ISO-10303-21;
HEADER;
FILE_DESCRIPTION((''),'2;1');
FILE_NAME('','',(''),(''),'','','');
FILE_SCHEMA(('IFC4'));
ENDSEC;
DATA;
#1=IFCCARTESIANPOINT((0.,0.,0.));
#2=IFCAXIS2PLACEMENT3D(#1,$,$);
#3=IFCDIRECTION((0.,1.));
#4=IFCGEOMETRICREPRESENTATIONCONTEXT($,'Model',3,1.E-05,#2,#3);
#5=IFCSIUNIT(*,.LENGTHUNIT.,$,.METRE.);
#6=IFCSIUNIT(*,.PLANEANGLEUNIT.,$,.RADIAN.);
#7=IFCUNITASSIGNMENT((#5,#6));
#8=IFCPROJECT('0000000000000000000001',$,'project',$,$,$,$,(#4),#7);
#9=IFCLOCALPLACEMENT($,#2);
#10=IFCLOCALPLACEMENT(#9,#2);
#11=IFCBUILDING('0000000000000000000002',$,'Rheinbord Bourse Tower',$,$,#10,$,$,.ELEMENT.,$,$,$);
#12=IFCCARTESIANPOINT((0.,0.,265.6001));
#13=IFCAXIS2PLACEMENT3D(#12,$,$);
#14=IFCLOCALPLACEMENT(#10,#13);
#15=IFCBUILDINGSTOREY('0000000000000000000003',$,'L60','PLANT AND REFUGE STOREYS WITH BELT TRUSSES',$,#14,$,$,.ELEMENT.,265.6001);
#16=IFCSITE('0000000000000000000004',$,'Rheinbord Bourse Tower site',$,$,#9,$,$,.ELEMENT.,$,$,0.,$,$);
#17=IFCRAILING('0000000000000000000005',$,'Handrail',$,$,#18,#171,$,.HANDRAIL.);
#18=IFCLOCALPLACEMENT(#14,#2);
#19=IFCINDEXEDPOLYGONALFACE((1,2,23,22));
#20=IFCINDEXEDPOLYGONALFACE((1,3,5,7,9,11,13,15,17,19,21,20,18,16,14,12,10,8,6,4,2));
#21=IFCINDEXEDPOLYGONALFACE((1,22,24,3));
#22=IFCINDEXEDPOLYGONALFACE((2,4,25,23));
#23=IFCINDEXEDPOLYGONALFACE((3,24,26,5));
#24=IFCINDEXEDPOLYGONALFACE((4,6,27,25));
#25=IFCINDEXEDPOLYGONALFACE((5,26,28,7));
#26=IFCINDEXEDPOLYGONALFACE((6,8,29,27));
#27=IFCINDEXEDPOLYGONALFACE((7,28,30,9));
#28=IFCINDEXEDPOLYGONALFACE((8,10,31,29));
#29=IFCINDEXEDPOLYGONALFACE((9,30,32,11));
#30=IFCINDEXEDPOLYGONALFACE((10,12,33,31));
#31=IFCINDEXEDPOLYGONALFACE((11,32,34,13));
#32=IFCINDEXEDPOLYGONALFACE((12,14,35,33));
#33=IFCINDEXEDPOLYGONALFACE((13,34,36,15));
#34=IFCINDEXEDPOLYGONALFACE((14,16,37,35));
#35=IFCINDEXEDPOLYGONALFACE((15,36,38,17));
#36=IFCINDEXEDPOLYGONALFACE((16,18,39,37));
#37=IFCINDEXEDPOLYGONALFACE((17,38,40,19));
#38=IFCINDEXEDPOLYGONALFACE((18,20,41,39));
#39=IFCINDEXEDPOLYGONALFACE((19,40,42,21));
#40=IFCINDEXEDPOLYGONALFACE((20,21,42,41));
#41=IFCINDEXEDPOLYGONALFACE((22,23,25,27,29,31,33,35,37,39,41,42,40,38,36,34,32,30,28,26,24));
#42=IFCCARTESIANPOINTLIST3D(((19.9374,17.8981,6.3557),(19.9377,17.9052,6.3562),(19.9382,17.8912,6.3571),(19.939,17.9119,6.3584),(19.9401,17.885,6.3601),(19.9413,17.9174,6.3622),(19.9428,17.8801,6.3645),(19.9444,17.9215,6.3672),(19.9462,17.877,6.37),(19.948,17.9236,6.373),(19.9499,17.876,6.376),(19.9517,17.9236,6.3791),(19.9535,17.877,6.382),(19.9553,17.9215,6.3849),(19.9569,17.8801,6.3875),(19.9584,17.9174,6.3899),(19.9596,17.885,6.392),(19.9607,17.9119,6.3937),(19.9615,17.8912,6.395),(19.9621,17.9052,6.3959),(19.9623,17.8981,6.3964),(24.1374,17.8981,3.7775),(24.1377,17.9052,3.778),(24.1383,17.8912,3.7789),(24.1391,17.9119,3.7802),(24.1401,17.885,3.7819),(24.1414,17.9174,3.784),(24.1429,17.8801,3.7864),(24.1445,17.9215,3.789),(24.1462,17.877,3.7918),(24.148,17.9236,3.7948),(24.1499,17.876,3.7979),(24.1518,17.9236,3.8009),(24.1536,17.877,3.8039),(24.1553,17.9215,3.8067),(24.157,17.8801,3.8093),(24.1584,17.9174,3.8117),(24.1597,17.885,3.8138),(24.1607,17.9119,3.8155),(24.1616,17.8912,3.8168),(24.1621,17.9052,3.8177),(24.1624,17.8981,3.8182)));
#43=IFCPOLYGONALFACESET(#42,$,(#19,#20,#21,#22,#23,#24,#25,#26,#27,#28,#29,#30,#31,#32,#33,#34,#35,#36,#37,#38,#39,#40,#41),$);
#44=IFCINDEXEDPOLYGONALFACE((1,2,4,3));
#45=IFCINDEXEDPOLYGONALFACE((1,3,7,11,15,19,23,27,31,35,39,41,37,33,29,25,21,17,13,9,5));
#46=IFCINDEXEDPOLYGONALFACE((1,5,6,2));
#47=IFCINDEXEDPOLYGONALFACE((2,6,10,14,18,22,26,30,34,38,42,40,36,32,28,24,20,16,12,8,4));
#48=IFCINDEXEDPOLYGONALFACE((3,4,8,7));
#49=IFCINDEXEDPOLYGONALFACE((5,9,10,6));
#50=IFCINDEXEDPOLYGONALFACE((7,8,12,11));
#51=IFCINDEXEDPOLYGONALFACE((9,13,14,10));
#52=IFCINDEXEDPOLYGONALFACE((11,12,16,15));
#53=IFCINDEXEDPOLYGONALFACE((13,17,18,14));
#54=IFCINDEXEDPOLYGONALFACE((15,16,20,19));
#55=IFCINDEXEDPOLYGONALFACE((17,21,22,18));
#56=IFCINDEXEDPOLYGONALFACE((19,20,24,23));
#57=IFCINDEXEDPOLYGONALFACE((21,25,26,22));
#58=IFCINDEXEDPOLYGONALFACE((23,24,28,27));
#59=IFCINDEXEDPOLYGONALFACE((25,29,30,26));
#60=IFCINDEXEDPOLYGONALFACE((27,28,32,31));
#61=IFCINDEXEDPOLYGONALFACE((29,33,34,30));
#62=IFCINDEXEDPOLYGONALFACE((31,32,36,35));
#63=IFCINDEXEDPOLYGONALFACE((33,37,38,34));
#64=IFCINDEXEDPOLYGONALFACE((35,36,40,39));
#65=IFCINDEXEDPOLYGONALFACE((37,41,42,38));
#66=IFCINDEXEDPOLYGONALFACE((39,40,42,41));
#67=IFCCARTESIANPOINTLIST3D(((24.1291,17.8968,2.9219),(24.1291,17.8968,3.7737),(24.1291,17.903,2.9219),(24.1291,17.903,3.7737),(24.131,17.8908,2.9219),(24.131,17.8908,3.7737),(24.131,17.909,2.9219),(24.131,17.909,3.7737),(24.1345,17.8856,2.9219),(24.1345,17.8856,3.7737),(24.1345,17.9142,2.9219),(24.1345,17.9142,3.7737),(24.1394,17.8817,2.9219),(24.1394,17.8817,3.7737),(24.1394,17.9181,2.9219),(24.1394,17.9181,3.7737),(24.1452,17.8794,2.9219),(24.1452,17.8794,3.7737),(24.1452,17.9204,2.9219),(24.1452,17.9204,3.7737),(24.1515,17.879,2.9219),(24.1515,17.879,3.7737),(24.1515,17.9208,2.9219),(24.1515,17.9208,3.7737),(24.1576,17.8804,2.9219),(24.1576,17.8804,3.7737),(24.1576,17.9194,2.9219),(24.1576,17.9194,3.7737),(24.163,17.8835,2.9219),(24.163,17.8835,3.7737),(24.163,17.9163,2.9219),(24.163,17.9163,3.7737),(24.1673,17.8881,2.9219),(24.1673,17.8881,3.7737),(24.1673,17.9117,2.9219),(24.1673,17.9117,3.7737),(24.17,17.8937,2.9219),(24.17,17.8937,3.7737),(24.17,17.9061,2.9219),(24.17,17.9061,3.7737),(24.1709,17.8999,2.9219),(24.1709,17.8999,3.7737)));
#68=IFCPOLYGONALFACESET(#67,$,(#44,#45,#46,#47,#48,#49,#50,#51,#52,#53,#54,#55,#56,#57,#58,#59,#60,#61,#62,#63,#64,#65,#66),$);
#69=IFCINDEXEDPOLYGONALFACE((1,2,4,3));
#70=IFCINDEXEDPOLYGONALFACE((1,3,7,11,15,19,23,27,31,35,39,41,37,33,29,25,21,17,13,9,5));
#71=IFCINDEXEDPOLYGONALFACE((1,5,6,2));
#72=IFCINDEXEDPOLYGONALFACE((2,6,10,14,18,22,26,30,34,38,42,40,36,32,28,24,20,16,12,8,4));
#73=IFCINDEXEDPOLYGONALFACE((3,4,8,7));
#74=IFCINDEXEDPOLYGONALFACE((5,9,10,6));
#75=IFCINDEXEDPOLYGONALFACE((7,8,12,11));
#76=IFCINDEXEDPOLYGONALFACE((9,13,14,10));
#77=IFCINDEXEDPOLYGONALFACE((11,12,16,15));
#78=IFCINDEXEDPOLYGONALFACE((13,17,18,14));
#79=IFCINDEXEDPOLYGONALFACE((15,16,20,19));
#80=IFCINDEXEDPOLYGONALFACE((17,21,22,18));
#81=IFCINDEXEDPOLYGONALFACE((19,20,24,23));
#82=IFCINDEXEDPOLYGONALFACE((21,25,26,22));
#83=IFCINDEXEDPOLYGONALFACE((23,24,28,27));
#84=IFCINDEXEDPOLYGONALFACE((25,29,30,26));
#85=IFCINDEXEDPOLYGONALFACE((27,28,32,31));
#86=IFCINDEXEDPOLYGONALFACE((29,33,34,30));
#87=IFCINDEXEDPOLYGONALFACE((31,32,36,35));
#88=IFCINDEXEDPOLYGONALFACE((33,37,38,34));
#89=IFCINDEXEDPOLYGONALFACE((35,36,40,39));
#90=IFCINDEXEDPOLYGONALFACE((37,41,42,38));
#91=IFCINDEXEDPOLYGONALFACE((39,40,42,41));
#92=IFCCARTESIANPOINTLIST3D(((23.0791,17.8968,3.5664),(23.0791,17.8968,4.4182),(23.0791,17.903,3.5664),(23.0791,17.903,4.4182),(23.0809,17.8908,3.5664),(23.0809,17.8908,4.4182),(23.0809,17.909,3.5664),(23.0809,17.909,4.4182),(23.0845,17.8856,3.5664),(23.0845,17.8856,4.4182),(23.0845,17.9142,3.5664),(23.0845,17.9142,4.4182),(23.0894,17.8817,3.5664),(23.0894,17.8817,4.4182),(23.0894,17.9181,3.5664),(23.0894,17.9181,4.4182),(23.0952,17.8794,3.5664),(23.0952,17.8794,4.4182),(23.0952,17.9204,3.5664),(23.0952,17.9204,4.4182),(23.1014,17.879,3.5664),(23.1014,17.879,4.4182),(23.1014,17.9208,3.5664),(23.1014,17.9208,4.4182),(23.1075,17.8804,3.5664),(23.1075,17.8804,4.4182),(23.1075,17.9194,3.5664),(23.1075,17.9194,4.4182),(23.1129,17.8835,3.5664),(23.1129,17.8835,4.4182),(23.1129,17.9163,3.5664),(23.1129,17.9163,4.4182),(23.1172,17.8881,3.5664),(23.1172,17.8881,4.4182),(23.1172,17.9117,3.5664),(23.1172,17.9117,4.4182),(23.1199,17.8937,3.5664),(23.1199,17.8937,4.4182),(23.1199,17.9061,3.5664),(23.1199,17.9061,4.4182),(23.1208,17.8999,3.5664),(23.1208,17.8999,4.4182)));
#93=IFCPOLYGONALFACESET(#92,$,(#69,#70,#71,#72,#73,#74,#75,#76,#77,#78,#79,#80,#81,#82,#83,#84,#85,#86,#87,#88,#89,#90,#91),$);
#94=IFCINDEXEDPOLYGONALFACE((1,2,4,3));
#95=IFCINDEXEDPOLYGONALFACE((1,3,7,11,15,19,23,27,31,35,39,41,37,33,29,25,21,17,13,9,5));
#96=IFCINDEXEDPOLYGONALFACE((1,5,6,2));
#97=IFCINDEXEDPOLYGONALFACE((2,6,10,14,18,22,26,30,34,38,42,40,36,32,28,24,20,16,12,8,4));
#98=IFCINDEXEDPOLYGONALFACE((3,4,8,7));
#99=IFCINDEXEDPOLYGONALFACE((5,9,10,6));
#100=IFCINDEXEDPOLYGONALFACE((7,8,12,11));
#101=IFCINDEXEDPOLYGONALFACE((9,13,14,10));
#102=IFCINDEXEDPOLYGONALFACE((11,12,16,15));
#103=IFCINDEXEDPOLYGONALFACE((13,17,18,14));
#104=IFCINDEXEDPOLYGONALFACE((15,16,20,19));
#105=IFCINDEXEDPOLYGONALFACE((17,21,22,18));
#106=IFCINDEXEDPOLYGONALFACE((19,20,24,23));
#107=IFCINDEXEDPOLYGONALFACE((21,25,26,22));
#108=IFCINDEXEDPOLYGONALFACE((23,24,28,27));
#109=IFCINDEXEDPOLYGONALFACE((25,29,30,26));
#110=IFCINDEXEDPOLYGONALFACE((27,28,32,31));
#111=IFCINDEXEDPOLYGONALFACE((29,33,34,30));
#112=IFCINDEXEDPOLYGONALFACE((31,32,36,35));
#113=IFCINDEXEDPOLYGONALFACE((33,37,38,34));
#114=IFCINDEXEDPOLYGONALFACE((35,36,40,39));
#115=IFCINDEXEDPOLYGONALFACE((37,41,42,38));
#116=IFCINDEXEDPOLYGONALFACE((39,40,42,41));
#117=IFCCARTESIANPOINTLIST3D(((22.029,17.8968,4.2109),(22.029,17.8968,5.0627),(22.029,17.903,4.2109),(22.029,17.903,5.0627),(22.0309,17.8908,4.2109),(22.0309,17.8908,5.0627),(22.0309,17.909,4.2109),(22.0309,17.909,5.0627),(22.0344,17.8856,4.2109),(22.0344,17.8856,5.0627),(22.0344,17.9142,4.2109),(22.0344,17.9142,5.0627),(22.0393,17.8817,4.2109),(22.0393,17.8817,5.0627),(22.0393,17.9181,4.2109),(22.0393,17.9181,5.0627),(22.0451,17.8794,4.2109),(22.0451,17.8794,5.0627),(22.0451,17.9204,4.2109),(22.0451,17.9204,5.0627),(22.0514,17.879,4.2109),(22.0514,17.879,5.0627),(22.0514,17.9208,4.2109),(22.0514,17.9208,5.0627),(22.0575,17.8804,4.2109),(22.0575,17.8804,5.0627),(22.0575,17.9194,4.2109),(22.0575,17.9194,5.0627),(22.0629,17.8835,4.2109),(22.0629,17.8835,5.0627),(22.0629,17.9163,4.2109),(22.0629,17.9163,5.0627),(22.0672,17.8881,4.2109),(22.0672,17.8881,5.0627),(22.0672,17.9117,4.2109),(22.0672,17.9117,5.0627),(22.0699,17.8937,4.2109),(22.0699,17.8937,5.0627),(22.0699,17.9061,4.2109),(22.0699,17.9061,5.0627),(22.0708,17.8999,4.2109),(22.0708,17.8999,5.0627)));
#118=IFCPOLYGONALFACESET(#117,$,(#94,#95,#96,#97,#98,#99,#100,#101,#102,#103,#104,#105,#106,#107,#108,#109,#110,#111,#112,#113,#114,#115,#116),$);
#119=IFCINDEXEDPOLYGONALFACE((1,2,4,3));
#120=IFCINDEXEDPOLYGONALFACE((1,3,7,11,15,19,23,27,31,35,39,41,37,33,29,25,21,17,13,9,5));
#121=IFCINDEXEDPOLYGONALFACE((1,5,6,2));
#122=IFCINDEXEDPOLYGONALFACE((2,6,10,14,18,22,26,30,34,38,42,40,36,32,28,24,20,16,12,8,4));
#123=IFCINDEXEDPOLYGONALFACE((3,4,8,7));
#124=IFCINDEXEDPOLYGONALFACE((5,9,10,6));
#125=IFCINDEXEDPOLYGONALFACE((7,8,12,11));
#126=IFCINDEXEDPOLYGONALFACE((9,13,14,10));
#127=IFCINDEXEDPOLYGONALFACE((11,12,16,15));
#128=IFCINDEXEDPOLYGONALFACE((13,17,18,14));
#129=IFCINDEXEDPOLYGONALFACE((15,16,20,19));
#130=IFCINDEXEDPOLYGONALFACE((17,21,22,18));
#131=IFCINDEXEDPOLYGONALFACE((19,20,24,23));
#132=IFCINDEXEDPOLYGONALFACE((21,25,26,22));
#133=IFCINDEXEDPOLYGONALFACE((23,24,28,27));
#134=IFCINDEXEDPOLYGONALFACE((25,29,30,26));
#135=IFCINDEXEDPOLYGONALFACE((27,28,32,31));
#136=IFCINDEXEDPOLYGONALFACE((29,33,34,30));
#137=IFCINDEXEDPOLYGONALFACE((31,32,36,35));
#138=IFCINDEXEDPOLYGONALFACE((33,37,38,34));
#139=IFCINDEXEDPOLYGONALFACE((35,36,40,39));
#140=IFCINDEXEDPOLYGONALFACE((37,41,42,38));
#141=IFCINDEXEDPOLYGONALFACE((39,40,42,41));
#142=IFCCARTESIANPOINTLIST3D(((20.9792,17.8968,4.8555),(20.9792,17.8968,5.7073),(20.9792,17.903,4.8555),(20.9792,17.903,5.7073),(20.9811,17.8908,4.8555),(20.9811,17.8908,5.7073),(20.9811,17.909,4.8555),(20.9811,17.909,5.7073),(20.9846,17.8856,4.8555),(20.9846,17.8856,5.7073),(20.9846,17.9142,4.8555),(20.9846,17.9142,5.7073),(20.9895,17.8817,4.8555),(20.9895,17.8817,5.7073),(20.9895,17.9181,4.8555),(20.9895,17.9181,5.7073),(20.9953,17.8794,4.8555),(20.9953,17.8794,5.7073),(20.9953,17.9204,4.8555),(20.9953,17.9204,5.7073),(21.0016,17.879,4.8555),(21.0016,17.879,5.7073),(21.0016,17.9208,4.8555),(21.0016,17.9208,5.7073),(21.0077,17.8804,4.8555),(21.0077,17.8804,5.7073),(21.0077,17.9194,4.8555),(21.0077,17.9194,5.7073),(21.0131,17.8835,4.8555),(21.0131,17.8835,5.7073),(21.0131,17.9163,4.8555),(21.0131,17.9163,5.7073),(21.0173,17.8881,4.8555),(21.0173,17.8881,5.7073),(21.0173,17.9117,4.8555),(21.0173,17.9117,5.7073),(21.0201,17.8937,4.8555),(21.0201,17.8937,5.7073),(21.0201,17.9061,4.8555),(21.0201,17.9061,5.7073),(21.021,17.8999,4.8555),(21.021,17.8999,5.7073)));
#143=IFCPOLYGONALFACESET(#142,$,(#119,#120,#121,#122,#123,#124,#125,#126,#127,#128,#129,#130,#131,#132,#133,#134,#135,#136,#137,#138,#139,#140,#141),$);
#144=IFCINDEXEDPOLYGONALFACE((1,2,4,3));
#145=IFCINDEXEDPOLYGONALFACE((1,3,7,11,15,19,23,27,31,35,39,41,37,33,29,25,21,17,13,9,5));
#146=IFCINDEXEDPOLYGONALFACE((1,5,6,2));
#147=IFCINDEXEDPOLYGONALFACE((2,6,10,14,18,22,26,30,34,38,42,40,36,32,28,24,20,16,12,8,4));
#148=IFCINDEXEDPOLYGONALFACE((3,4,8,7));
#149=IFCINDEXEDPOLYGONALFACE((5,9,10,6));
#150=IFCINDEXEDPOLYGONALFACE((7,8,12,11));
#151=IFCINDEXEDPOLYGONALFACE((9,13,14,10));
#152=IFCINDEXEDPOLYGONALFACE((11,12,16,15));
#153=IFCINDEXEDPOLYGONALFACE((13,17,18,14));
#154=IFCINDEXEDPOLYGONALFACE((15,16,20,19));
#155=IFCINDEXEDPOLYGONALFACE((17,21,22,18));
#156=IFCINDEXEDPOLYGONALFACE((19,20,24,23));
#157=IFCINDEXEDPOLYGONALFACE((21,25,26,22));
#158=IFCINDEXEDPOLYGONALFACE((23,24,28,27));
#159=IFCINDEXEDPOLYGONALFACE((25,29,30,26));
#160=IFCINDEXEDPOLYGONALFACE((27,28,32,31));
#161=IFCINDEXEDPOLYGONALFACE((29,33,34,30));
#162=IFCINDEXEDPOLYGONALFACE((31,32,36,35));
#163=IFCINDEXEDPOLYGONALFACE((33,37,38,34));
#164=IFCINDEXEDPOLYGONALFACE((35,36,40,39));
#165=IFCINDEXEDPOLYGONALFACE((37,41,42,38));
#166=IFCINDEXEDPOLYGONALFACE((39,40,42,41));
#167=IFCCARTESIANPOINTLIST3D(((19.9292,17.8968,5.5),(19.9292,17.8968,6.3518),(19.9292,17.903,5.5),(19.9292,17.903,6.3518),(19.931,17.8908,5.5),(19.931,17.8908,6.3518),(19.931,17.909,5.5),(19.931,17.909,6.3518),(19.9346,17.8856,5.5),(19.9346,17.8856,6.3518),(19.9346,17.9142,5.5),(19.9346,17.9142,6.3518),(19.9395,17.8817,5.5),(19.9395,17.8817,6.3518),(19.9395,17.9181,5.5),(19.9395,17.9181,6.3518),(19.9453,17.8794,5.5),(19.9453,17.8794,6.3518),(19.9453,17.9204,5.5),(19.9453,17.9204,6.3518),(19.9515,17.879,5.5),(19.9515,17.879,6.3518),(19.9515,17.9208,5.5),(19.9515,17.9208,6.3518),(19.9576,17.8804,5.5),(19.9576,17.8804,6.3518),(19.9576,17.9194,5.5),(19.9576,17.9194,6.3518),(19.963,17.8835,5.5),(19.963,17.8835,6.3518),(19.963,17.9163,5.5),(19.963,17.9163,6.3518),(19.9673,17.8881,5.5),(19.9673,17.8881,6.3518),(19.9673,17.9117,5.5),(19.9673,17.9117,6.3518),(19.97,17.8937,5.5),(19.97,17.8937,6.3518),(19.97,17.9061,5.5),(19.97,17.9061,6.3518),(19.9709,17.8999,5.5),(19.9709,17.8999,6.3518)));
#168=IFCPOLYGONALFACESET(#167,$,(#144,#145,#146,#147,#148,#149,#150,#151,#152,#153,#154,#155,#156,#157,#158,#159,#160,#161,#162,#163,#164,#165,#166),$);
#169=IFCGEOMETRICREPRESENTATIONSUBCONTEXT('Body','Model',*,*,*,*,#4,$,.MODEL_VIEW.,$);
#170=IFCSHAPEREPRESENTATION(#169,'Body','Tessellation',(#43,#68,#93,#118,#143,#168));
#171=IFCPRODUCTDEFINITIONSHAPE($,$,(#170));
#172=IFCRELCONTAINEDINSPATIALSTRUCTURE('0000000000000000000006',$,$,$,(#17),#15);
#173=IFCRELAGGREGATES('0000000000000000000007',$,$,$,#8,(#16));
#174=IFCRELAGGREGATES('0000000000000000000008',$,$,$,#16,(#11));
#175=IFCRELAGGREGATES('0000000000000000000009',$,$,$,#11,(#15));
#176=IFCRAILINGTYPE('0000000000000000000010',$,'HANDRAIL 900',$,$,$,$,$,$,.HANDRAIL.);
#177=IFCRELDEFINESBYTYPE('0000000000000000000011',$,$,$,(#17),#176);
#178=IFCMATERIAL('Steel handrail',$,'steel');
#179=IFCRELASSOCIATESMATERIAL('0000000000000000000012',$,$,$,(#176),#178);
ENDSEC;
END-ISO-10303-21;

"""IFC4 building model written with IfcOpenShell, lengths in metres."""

from ifc_helpers import new_model, si_unit, direction, frame, origin, origin_2d, place, context, subcontext, project, spatial, circle, extrude, material, type_object, element, save


model = new_model("IFC4")

# Units and contexts
model_context = context("Model", 3, precision=1e-05, world=origin(), true_north=direction((0.0, 1.0)))
body_context = subcontext(model_context, "Body", "Model", "MODEL_VIEW")
ifc_project = project(units=[si_unit("LENGTHUNIT", "METRE"), si_unit("PLANEANGLEUNIT", "RADIAN")], contexts=[model_context])

# Site, building, storey
site_placement = place(None, origin())
site = spatial("IfcSite", under=ifc_project, at=site_placement, Name="Rheinbord Bourse Tower site", CompositionType="ELEMENT", RefElevation=0.0)
building_placement = place(site_placement, origin())
building = spatial("IfcBuilding", under=site, at=building_placement, Name="Rheinbord Bourse Tower", CompositionType="ELEMENT")
storey_placement = place(building_placement, frame((0.0, 0.0, 265.6001)))
storey = spatial("IfcBuildingStorey", under=building, at=storey_placement, Name="L60", Description="PLANT AND REFUGE STOREYS WITH BELT TRUSSES", CompositionType="ELEMENT", Elevation=265.6001)

# Railing
ifc_material_1 = material(Name="Steel handrail", Category="steel")
railing_type = type_object("IfcRailingType", Name="HANDRAIL 900", PredefinedType="HANDRAIL", material=ifc_material_1)
railing_1_placement = place(storey_placement, frame((24.1499, 17.8999, 2.9219)))
element("IfcRailing", 1, at=railing_1_placement, inside=storey, type_object=railing_type, Name="Handrail", PredefinedType="HANDRAIL", context=body_context, shape_type="SweptSolid", body=[
    extrude(circle(Radius=0.0239, at=origin_2d()), frame((0.0, 0.0, 0.876), z_axis=(-0.852243, 0.0, 0.523146), x_axis=(0.0, -1.0, 0.0)), (0.0, 0.0, 1.0), 4.9282),
    extrude(circle(Radius=0.021, at=origin_2d()), origin(), (0.0, 0.0, 1.0), 0.8518),
    extrude(circle(Radius=0.021, at=origin_2d()), frame((-1.05, 0.0, 0.6445)), (0.0, 0.0, 1.0), 0.8518),
    extrude(circle(Radius=0.021, at=origin_2d()), frame((-2.1001, 0.0, 1.2891)), (0.0, 0.0, 1.0), 0.8518),
    extrude(circle(Radius=0.021, at=origin_2d()), frame((-3.1499, 0.0, 1.9336)), (0.0, 0.0, 1.0), 0.8518),
    extrude(circle(Radius=0.021, at=origin_2d()), frame((-4.2, 0.0, 2.5781)), (0.0, 0.0, 1.0), 0.8518),
])

save(model, "model.ifc")
